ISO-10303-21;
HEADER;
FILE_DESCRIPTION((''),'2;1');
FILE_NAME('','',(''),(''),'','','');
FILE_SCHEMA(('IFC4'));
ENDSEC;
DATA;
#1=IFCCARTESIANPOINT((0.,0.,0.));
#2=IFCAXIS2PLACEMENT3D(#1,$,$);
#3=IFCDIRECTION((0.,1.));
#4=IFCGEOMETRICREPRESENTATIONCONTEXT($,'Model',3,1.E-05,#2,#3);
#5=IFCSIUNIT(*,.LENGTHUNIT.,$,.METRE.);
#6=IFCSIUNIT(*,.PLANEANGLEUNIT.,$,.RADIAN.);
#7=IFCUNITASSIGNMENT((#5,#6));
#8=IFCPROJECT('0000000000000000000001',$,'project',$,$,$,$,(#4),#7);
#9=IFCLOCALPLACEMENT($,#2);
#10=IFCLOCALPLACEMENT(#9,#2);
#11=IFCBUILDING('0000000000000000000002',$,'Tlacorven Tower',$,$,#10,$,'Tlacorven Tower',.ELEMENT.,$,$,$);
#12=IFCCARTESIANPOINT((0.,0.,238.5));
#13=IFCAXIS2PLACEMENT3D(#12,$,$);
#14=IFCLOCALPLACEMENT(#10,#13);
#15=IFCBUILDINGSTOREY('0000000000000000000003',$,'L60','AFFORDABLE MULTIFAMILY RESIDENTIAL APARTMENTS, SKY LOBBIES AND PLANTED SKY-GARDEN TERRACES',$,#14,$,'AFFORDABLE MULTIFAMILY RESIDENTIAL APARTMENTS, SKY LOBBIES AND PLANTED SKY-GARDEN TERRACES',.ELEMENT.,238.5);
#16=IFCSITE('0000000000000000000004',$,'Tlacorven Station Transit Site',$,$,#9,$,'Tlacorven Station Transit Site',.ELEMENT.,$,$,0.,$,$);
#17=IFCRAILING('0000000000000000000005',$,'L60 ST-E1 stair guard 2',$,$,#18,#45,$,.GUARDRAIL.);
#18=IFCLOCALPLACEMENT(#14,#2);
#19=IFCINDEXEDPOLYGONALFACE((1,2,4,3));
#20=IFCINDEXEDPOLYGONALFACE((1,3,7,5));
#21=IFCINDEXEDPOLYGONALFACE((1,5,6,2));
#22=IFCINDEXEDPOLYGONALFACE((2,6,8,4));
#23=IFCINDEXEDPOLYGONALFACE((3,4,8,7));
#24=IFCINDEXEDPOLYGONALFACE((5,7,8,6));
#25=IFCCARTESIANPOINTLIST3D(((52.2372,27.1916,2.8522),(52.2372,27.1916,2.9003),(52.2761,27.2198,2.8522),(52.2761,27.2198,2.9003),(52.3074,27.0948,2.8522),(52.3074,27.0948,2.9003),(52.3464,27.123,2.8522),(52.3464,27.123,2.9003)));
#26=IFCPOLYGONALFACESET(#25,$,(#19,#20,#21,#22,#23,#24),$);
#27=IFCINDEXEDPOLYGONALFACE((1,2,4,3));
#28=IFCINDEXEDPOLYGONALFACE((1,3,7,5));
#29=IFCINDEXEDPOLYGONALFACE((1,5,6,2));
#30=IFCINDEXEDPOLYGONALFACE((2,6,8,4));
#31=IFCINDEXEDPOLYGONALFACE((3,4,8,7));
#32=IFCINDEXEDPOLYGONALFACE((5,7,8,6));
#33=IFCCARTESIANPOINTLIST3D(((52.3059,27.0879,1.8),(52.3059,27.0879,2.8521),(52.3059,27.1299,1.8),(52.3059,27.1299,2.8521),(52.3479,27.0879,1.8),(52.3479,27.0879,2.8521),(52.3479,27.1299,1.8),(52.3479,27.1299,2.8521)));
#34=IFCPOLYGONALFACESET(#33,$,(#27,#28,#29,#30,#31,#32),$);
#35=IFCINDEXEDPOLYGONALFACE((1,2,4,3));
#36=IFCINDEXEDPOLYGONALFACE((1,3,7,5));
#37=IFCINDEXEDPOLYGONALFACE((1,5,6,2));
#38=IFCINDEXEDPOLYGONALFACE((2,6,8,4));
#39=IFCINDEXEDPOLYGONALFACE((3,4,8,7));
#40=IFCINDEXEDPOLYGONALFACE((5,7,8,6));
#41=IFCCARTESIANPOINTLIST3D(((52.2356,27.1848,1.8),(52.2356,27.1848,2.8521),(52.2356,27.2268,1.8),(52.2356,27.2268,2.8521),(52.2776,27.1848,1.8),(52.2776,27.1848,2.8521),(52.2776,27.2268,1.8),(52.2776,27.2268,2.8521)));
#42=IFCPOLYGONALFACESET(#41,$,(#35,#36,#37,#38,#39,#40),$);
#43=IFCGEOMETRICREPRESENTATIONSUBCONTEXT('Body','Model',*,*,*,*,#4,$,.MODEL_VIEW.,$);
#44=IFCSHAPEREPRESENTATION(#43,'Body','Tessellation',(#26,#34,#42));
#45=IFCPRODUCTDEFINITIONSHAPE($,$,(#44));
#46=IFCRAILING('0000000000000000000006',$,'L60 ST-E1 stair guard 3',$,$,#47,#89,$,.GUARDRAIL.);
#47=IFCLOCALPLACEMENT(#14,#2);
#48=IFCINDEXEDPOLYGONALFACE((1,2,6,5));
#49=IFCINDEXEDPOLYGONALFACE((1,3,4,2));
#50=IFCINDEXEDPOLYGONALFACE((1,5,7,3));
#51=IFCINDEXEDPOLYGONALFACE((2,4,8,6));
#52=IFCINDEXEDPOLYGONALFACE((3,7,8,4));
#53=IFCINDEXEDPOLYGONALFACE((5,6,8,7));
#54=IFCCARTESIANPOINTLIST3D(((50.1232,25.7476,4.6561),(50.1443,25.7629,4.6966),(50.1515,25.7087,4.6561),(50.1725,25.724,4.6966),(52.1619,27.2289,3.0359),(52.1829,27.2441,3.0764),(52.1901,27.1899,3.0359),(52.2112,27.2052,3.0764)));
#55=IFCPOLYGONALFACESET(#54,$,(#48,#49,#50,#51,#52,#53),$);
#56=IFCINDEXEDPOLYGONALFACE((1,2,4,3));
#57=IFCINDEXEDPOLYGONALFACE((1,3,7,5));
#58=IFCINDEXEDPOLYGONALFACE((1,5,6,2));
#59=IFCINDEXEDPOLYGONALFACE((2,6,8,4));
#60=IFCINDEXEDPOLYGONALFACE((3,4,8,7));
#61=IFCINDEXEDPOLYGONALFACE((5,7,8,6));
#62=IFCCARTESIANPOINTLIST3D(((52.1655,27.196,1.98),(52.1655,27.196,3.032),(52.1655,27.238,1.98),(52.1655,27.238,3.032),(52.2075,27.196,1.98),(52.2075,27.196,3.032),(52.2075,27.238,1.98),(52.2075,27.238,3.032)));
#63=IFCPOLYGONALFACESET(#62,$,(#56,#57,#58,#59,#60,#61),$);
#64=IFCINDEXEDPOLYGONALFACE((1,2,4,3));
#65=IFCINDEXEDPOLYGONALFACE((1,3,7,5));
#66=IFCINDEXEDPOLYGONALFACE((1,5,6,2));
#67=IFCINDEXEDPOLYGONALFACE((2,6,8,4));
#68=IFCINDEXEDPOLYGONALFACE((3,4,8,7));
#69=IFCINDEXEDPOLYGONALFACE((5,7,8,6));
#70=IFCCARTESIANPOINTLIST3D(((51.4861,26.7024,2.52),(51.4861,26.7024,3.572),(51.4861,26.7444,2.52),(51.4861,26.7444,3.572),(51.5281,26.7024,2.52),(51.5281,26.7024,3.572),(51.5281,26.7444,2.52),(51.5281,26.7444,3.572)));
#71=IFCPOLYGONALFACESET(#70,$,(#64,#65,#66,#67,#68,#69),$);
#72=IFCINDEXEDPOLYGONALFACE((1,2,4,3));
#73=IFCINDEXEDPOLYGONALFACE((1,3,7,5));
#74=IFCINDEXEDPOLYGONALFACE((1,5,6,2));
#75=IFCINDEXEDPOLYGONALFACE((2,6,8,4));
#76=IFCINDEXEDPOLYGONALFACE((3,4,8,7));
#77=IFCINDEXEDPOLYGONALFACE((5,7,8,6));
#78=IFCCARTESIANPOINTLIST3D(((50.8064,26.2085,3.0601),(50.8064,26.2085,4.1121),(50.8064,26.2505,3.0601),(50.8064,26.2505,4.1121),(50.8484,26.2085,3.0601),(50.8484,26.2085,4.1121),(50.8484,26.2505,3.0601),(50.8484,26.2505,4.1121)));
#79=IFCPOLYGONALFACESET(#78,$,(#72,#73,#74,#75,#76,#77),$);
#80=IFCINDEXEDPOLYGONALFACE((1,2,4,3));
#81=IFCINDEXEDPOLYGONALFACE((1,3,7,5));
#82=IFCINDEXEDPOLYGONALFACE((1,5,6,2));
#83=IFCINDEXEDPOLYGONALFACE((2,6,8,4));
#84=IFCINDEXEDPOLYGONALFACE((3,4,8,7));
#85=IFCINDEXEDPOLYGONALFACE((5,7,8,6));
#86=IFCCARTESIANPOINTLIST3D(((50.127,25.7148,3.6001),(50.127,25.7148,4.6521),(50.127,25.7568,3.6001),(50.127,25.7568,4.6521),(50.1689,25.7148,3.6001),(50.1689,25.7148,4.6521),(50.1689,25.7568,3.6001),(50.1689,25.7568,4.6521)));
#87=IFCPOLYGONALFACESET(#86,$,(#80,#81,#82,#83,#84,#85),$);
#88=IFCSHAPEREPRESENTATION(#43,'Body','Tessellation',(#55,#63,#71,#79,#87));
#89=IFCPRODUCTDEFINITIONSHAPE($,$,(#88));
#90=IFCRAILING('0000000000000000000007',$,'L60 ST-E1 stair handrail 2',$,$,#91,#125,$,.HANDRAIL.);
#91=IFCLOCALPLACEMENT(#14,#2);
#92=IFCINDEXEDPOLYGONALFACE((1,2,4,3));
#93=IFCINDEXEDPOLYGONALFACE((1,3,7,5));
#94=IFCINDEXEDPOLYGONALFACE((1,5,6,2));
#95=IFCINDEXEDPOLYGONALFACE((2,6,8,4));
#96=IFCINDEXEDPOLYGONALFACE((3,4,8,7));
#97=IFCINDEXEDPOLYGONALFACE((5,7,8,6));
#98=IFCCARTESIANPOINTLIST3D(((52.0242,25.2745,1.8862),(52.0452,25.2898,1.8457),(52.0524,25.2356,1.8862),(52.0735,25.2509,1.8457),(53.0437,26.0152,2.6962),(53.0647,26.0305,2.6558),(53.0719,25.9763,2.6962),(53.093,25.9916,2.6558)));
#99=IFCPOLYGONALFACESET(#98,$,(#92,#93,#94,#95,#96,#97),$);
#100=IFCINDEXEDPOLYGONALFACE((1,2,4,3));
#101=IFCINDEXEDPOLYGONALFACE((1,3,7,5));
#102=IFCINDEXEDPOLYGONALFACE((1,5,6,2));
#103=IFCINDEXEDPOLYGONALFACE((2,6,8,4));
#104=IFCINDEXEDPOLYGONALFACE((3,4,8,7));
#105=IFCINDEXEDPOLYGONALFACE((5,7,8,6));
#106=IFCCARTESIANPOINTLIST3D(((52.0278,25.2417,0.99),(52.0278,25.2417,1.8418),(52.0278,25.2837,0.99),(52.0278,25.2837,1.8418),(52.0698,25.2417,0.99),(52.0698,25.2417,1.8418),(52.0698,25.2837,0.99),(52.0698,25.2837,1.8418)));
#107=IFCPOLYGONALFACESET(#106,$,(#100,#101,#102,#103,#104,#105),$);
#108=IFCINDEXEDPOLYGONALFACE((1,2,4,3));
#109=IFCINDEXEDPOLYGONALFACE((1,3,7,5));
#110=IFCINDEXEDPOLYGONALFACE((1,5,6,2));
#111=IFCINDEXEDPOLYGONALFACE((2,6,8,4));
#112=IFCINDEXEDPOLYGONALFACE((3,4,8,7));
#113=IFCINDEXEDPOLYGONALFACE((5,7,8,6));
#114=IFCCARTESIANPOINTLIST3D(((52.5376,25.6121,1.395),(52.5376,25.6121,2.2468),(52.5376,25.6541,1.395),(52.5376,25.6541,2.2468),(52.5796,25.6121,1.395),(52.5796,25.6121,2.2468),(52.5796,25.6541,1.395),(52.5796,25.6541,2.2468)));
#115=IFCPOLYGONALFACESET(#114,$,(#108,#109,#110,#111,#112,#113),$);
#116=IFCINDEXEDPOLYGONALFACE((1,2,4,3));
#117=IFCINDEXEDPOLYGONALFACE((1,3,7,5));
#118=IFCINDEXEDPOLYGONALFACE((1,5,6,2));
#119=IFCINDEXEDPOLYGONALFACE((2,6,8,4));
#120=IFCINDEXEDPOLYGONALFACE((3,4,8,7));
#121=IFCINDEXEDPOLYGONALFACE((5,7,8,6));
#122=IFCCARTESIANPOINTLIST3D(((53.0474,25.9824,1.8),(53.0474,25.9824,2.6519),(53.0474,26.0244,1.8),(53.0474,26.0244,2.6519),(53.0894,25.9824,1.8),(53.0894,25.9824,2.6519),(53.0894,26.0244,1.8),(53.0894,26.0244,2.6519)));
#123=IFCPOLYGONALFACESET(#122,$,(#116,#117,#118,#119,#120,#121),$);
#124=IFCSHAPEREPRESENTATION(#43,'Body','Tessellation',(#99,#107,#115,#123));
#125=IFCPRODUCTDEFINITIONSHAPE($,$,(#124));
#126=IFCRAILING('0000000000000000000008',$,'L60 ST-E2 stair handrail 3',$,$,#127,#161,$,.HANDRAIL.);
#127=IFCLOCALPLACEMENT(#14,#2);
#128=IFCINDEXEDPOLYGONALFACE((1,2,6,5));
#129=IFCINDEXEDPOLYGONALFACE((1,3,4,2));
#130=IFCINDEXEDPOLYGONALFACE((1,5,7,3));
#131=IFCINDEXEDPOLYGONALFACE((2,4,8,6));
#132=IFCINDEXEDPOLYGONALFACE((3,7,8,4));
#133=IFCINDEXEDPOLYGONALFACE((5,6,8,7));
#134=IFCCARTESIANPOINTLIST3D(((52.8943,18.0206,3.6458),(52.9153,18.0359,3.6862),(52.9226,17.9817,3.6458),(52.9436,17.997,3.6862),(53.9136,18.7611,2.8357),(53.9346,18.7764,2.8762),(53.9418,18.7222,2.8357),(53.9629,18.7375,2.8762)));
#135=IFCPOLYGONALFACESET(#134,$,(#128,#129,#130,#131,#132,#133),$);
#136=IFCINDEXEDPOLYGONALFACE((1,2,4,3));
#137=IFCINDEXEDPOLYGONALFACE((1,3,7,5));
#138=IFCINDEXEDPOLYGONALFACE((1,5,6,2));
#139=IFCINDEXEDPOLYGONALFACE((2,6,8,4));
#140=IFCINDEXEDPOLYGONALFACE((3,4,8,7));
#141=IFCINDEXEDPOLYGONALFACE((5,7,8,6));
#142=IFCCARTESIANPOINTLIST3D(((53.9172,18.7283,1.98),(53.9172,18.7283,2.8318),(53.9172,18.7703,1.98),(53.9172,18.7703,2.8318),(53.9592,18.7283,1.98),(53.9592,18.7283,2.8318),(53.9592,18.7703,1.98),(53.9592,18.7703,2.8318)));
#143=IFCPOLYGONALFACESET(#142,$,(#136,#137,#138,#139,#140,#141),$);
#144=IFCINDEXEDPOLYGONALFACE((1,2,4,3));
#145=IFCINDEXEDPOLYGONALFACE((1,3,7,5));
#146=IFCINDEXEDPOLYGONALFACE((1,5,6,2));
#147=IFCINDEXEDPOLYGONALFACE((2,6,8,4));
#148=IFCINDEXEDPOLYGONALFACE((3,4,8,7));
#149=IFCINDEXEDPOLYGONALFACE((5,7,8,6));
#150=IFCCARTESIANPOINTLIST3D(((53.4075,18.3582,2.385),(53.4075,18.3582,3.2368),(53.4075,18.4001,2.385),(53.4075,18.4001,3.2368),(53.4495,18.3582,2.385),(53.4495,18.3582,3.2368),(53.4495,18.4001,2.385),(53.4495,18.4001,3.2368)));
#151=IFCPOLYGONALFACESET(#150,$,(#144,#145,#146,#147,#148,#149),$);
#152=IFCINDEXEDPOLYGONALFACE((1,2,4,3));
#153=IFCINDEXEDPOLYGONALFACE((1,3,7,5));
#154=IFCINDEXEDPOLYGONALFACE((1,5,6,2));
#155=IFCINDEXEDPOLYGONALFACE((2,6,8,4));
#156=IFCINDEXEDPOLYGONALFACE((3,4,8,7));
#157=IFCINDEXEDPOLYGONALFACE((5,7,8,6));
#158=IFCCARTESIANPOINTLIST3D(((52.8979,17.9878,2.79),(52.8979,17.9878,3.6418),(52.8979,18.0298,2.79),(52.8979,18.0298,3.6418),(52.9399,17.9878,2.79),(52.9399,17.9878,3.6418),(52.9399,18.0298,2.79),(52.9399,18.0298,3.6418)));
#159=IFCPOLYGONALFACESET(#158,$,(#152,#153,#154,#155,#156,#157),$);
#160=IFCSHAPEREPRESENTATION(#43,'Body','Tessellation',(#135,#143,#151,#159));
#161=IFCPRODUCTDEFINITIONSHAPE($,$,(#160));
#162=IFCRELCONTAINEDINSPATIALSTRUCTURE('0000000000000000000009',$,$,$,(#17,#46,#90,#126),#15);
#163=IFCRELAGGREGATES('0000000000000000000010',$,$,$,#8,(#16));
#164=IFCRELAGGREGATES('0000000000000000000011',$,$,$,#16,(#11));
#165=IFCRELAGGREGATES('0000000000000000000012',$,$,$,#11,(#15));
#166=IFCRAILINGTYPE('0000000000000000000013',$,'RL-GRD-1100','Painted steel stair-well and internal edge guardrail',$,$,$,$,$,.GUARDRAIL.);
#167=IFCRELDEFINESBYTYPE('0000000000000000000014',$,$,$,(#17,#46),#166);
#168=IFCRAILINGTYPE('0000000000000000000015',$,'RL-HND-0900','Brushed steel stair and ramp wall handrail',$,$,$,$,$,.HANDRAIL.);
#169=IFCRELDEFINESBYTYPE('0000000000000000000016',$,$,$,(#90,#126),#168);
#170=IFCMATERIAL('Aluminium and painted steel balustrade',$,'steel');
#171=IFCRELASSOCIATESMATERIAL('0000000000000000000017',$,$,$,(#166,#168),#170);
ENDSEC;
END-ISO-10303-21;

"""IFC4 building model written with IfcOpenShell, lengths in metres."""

from ifc_helpers import new_model, si_unit, direction, frame, origin, origin_2d, place, context, subcontext, project, spatial, rectangle, extrude, source, transform, mapped, material, type_object, element, save


model = new_model("IFC4")

# Units and contexts
model_context = context("Model", 3, precision=1e-05, world=origin(), true_north=direction((0.0, 1.0)))
body_context = subcontext(model_context, "Body", "Model", "MODEL_VIEW")
ifc_project = project(units=[si_unit("LENGTHUNIT", "METRE"), si_unit("PLANEANGLEUNIT", "RADIAN")], contexts=[model_context])

# Site, building, storey
site_placement = place(None, origin())
site = spatial("IfcSite", under=ifc_project, at=site_placement, Name="Tlacorven Station Transit Site", LongName="Tlacorven Station Transit Site", CompositionType="ELEMENT", RefElevation=0.0)
building_placement = place(site_placement, origin())
building = spatial("IfcBuilding", under=site, at=building_placement, Name="Tlacorven Tower", LongName="Tlacorven Tower", CompositionType="ELEMENT")
storey_placement = place(building_placement, frame((0.0, 0.0, 238.5)))
storey = spatial("IfcBuildingStorey", under=building, at=storey_placement, Name="L60", Description="AFFORDABLE MULTIFAMILY RESIDENTIAL APARTMENTS, SKY LOBBIES AND PLANTED SKY-GARDEN TERRACES", LongName="AFFORDABLE MULTIFAMILY RESIDENTIAL APARTMENTS, SKY LOBBIES AND PLANTED SKY-GARDEN TERRACES", CompositionType="ELEMENT", Elevation=238.5)

# Railings
ifc_material_1 = material(Name="Aluminium and painted steel balustrade", Category="steel")
railing_type_1 = type_object("IfcRailingType", Name="RL-GRD-1100", Description="Painted steel stair-well and internal edge guardrail", PredefinedType="GUARDRAIL", material=ifc_material_1)
shared_shape_1 = source(origin(), body_context, "Body", "SweptSolid", [
    extrude(rectangle(XDim=0.0481, YDim=0.0481, at=origin_2d()), frame((0.0, 0.0, 1.0762), z_axis=(-0.587201, 0.809441, 0.0), x_axis=(-0.809441, -0.587201, 0.0)), (0.0, 0.0, 1.0), 0.1196),
    extrude(rectangle(XDim=0.042, YDim=0.042, at=origin_2d()), origin(), (0.0, 0.0, 1.0), 1.052),
    extrude(rectangle(XDim=0.042, YDim=0.042, at=origin_2d()), frame((-0.0703, 0.0969, 0.0)), (0.0, 0.0, 1.0), 1.052),
])
railing_1_placement = place(storey_placement, frame((52.3269, 27.1089, 1.8)))
element("IfcRailing", 1, at=railing_1_placement, inside=storey, type_object=railing_type_1, Name="L60 ST-E1 stair guard 2", PredefinedType="GUARDRAIL", context=body_context, shape_type="MappedRepresentation", body=[
    mapped(shared_shape_1, transform((0.0, 0.0, 0.0), scale=1.0)),
])
shared_shape_2 = source(origin(), body_context, "Body", "SweptSolid", [
    extrude(rectangle(XDim=0.0481, YDim=0.0481, at=origin_2d()), frame((0.0, 0.0, 1.0762), z_axis=(-0.680489, -0.494434, 0.540805), x_axis=(0.587809, -0.809, 0.0)), (0.0, 0.0, 1.0), 2.9958),
    extrude(rectangle(XDim=0.042, YDim=0.042, at=origin_2d()), origin(), (0.0, 0.0, 1.0), 1.052),
    extrude(rectangle(XDim=0.042, YDim=0.042, at=origin_2d()), frame((-0.6794, -0.4937, 0.54)), (0.0, 0.0, 1.0), 1.052),
    extrude(rectangle(XDim=0.042, YDim=0.042, at=origin_2d()), frame((-1.3591, -0.9875, 1.0801)), (0.0, 0.0, 1.0), 1.052),
    extrude(rectangle(XDim=0.042, YDim=0.042, at=origin_2d()), frame((-2.0386, -1.4812, 1.6201)), (0.0, 0.0, 1.0), 1.052),
])
railing_2_placement = place(storey_placement, frame((52.1865, 27.217, 1.98)))
element("IfcRailing", 2, at=railing_2_placement, inside=storey, type_object=railing_type_1, Name="L60 ST-E1 stair guard 3", PredefinedType="GUARDRAIL", context=body_context, shape_type="MappedRepresentation", body=[
    mapped(shared_shape_2, transform((0.0, 0.0, 0.0), scale=1.0)),
])
railing_type_2 = type_object("IfcRailingType", Name="RL-HND-0900", Description="Brushed steel stair and ramp wall handrail", PredefinedType="HANDRAIL", material=ifc_material_1)
shared_shape_3 = source(origin(), body_context, "Body", "SweptSolid", [
    extrude(rectangle(XDim=0.0481, YDim=0.0481, at=origin_2d()), frame((0.0, 0.0, 0.876), z_axis=(0.680549, 0.494441, 0.540723), x_axis=(-0.58778, 0.809021, 0.0)), (0.0, 0.0, 1.0), 1.498),
    extrude(rectangle(XDim=0.042, YDim=0.042, at=origin_2d()), origin(), (0.0, 0.0, 1.0), 0.8518),
    extrude(rectangle(XDim=0.042, YDim=0.042, at=origin_2d()), frame((0.5098, 0.3704, 0.405)), (0.0, 0.0, 1.0), 0.8518),
    extrude(rectangle(XDim=0.042, YDim=0.042, at=origin_2d()), frame((1.0195, 0.7407, 0.8101)), (0.0, 0.0, 1.0), 0.8518),
])
railing_3_placement = place(storey_placement, frame((52.0488, 25.2627, 0.99)))
element("IfcRailing", 3, at=railing_3_placement, inside=storey, type_object=railing_type_2, Name="L60 ST-E1 stair handrail 2", PredefinedType="HANDRAIL", context=body_context, shape_type="MappedRepresentation", body=[
    mapped(shared_shape_3, transform((0.0, 0.0, 0.0), scale=1.0)),
])
shared_shape_4 = source(origin(), body_context, "Body", "SweptSolid", [
    extrude(rectangle(XDim=0.0481, YDim=0.0481, at=origin_2d()), frame((0.0, 0.0, 0.876), z_axis=(-0.680516, -0.494373, 0.540827), x_axis=(0.587745, -0.809046, 0.0)), (0.0, 0.0, 1.0), 1.4978),
    extrude(rectangle(XDim=0.042, YDim=0.042, at=origin_2d()), origin(), (0.0, 0.0, 1.0), 0.8518),
    extrude(rectangle(XDim=0.042, YDim=0.042, at=origin_2d()), frame((-0.5098, -0.3701, 0.405)), (0.0, 0.0, 1.0), 0.8518),
    extrude(rectangle(XDim=0.042, YDim=0.042, at=origin_2d()), frame((-1.0193, -0.7405, 0.8101)), (0.0, 0.0, 1.0), 0.8518),
])
railing_4_placement = place(storey_placement, frame((53.9382, 18.7493, 1.98)))
element("IfcRailing", 4, at=railing_4_placement, inside=storey, type_object=railing_type_2, Name="L60 ST-E2 stair handrail 3", PredefinedType="HANDRAIL", context=body_context, shape_type="MappedRepresentation", body=[
    mapped(shared_shape_4, transform((0.0, 0.0, 0.0), scale=1.0)),
])

save(model, "model.ifc")
